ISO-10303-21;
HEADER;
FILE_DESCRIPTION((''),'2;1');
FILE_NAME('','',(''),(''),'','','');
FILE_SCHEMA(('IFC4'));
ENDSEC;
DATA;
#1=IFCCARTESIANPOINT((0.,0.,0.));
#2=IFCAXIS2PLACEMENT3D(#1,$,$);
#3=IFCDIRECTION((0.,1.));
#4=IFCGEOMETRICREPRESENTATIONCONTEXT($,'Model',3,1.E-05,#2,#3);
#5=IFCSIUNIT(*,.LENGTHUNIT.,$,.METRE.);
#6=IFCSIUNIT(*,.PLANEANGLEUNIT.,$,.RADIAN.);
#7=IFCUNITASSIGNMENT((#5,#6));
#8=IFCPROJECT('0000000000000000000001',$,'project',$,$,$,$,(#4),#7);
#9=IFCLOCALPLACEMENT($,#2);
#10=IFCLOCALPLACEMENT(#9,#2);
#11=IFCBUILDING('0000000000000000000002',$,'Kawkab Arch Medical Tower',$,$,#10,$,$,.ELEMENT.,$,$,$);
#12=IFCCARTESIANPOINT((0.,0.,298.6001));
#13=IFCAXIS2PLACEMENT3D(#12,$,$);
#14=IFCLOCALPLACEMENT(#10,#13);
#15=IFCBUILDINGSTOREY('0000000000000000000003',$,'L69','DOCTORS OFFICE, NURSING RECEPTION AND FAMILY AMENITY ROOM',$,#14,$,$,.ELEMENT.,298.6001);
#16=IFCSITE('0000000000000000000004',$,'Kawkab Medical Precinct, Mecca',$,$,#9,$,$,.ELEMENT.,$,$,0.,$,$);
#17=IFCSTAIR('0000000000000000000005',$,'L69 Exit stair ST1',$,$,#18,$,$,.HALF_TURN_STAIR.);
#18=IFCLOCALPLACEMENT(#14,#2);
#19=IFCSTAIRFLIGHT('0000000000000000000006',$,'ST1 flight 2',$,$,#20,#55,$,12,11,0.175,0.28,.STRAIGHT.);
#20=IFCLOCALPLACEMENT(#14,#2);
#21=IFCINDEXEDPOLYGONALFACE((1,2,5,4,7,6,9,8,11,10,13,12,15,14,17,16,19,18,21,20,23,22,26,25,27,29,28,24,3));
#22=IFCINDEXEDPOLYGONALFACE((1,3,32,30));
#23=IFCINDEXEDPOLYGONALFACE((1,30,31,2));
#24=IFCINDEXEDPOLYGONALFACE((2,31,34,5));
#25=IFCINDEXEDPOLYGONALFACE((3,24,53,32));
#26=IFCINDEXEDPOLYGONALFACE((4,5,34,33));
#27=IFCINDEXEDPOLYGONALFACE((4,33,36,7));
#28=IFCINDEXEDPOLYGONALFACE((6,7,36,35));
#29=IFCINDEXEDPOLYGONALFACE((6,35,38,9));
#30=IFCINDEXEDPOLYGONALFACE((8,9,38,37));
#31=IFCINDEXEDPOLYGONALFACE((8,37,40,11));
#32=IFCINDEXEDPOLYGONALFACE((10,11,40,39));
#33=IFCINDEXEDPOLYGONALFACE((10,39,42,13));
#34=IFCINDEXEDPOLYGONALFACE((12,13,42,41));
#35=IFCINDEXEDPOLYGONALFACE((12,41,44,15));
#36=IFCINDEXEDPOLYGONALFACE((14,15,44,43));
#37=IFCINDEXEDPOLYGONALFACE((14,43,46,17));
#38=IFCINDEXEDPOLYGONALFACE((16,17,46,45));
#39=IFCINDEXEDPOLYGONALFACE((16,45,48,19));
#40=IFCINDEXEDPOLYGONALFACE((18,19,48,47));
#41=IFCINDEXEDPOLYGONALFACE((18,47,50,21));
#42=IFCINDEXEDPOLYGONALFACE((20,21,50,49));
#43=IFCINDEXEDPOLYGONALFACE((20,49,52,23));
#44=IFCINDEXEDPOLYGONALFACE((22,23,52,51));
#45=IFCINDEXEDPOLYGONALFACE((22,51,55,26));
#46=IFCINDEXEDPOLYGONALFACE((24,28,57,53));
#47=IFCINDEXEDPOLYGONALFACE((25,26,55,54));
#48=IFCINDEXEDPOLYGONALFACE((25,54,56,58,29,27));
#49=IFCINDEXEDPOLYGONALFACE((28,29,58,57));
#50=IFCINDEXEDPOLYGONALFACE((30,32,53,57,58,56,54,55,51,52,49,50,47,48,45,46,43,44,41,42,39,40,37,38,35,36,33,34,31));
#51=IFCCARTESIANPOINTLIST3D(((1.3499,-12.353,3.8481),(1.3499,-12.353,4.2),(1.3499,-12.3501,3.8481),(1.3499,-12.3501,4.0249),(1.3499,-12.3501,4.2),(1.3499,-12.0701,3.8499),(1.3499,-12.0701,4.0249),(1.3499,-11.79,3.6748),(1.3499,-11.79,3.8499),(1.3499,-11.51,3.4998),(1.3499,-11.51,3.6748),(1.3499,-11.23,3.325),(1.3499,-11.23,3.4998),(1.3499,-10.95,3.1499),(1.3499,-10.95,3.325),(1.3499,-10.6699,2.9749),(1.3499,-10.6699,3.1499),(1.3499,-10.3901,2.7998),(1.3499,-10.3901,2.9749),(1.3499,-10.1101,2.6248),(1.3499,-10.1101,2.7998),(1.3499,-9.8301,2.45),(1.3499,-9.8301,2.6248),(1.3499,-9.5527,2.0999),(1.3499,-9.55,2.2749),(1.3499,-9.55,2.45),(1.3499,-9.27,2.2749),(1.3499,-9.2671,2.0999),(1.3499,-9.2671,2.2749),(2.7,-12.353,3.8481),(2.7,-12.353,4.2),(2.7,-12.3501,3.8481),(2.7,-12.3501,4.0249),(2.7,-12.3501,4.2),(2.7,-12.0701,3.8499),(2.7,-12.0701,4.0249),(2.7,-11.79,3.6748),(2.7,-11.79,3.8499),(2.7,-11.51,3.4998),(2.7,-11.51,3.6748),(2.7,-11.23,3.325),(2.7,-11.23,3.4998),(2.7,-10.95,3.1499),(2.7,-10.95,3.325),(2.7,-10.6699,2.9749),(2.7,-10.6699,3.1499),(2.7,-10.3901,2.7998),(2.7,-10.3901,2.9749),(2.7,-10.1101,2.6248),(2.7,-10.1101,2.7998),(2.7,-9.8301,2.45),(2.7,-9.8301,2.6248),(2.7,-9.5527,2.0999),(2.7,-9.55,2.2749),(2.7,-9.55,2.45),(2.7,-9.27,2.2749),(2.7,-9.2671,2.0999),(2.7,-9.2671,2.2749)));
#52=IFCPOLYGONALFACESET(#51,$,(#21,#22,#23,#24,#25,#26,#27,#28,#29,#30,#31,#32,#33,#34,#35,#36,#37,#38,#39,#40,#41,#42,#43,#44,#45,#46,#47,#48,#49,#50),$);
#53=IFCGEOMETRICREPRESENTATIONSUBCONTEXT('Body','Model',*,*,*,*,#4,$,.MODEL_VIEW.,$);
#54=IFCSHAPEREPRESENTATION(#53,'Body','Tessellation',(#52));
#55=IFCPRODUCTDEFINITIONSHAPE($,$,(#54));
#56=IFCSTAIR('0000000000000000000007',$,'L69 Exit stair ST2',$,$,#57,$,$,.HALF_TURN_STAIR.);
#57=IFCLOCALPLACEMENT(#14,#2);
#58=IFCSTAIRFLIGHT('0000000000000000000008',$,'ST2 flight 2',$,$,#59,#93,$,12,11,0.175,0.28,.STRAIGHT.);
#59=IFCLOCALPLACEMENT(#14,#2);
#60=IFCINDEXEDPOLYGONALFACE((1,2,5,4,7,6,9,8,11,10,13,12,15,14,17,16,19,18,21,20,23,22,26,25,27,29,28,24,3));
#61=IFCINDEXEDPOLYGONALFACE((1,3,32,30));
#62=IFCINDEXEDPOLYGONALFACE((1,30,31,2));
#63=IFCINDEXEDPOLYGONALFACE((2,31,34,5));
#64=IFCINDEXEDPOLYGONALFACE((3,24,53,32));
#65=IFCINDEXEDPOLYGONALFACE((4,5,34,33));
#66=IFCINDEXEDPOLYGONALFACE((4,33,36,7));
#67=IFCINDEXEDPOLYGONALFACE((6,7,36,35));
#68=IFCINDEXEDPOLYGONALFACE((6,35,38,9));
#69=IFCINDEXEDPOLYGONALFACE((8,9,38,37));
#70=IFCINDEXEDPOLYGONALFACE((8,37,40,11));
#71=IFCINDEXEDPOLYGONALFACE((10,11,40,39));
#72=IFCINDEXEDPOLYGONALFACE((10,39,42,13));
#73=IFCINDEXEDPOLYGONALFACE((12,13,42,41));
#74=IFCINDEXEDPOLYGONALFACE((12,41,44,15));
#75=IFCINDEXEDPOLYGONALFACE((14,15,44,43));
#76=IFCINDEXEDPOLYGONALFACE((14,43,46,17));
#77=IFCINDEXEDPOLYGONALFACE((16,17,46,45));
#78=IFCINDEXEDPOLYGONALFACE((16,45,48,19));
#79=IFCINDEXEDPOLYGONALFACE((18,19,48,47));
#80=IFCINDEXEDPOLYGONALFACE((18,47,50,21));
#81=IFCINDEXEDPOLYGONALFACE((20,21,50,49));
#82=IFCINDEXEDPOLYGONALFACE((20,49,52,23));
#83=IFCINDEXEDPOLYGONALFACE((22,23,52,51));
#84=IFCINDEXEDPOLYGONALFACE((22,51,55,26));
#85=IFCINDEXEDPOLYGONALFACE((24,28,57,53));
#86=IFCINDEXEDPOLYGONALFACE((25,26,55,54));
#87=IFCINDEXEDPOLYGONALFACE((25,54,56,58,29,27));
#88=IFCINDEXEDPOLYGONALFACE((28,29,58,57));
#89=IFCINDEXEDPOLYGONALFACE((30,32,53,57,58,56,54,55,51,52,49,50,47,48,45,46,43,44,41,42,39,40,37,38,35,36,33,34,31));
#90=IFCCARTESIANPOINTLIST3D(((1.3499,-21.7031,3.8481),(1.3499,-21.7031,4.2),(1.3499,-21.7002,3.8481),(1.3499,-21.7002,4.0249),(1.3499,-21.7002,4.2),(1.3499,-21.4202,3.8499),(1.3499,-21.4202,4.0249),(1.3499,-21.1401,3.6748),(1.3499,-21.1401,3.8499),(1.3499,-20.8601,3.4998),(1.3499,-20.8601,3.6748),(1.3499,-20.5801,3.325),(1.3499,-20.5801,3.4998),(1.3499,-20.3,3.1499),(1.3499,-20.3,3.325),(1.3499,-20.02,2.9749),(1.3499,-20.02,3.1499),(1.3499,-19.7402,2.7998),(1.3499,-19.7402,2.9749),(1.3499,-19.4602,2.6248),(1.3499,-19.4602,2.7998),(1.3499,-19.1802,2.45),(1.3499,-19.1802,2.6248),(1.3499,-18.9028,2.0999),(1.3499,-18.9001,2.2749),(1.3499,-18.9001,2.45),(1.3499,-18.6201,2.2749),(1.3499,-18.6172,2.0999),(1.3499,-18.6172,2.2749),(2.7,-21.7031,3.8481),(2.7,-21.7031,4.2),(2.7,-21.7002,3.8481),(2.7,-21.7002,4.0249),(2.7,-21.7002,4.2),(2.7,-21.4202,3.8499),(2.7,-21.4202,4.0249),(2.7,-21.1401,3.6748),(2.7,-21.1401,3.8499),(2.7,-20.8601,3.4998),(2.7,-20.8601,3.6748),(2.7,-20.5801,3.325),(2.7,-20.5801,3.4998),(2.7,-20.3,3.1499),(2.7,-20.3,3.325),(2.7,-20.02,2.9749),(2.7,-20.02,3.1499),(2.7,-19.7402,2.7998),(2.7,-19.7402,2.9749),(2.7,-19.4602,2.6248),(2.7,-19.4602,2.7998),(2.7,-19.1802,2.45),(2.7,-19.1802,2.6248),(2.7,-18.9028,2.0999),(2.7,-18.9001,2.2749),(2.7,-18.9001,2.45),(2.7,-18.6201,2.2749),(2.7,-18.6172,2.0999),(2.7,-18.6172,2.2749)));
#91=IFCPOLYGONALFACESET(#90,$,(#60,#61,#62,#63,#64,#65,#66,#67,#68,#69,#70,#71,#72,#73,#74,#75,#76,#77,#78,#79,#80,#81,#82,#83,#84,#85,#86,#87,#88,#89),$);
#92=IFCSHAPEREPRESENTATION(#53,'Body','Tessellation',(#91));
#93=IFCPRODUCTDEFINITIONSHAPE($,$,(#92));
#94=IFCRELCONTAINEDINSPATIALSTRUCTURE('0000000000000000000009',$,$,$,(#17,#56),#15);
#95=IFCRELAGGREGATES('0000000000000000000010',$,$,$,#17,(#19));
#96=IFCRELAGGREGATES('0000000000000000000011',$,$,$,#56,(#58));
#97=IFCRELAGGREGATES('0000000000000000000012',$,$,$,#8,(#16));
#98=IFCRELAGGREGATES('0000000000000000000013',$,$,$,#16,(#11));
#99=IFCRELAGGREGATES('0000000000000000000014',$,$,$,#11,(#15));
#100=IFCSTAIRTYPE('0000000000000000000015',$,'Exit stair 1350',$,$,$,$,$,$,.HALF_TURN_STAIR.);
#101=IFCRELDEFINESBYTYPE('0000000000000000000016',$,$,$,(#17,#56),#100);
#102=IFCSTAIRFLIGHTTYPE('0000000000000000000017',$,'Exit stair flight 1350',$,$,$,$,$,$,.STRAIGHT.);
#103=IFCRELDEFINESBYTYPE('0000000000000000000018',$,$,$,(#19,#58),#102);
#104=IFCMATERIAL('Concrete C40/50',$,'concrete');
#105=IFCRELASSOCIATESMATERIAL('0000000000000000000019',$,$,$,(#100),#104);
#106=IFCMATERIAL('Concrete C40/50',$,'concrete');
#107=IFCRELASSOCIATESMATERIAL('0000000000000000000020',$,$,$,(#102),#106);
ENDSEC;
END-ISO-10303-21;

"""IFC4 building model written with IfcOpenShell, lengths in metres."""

from ifc_helpers import new_model, si_unit, direction, frame, origin, place, context, subcontext, project, spatial, polyline, outline, extrude, material, type_object, element, aggregate, save


model = new_model("IFC4")

# Units and contexts
model_context = context("Model", 3, precision=1e-05, world=origin(), true_north=direction((0.0, 1.0)))
body_context = subcontext(model_context, "Body", "Model", "MODEL_VIEW")
ifc_project = project(units=[si_unit("LENGTHUNIT", "METRE"), si_unit("PLANEANGLEUNIT", "RADIAN")], contexts=[model_context])

# Site, building, storey
site_placement = place(None, origin())
site = spatial("IfcSite", under=ifc_project, at=site_placement, Name="Kawkab Medical Precinct, Mecca", CompositionType="ELEMENT", RefElevation=0.0)
building_placement = place(site_placement, origin())
building = spatial("IfcBuilding", under=site, at=building_placement, Name="Kawkab Arch Medical Tower", CompositionType="ELEMENT")
storey_placement = place(building_placement, frame((0.0, 0.0, 298.6001)))
storey = spatial("IfcBuildingStorey", under=building, at=storey_placement, Name="L69", Description="DOCTORS OFFICE, NURSING RECEPTION AND FAMILY AMENITY ROOM", CompositionType="ELEMENT", Elevation=298.6001)

# Stair, stair flight
ifc_material_1 = material(Name="Concrete C40/50", Category="concrete")
stair_type = type_object("IfcStairType", Name="Exit stair 1350", PredefinedType="HALF_TURN_STAIR", material=ifc_material_1)
placement = place(storey_placement, origin())
stair_1 = element("IfcStair", 1, at=placement, inside=storey, type_object=stair_type, Name="L69 Exit stair ST1", PredefinedType="HALF_TURN_STAIR")
ifc_material_2 = material(Name="Concrete C40/50", Category="concrete")
stair_flight_type = type_object("IfcStairFlightType", Name="Exit stair flight 1350", PredefinedType="STRAIGHT", material=ifc_material_2)
stair_flight_1_placement = place(storey_placement, frame((2.0249, -9.27, 2.0999), z_axis=(0.0, 0.0, 1.0), x_axis=(0.0, -1.0, 0.0)))
stair_flight_1 = element("IfcStairFlight", 2, at=stair_flight_1_placement, type_object=stair_flight_type, Name="ST1 flight 2", NumberOfRisers=12, NumberOfTreads=11, PredefinedType="STRAIGHT", RiserHeight=0.175, TreadLength=0.28, context=body_context, shape_type="SweptSolid", body=[
    extrude(outline(polyline([(-0.0029, 0.0), (-0.0029, 0.175), (0.0, 0.175), (0.28, 0.175), (0.28, 0.3501), (0.5601, 0.3501), (0.5601, 0.5249), (0.8401, 0.5249), (0.8401, 0.7), (1.1201, 0.7), (1.1201, 0.875), (1.3999, 0.875), (1.3999, 1.05), (1.6799, 1.05), (1.6799, 1.2251), (1.96, 1.2251), (1.96, 1.3999), (2.24, 1.3999), (2.24, 1.575), (2.52, 1.575), (2.52, 1.75), (2.8, 1.75), (2.8, 1.925), (3.0801, 1.925), (3.0801, 2.1001), (3.083, 2.1001), (3.083, 1.7483), (3.0801, 1.7483), (0.2827, 0.0), (-0.0029, 0.0)])), frame((0.0, 0.675, 0.0), z_axis=(0.0, -1.0, 0.0), x_axis=(1.0, 0.0, 0.0)), (0.0, 0.0, 1.0), 1.3501),
])
aggregate(stair_1, [stair_flight_1])

# Stair, stair flight
stair_2 = element("IfcStair", 3, at=placement, inside=storey, type_object=stair_type, Name="L69 Exit stair ST2", PredefinedType="HALF_TURN_STAIR")
stair_flight_2_placement = place(storey_placement, frame((2.0249, -18.6201, 2.0999), z_axis=(0.0, 0.0, 1.0), x_axis=(0.0, -1.0, 0.0)))
stair_flight_2 = element("IfcStairFlight", 4, at=stair_flight_2_placement, type_object=stair_flight_type, Name="ST2 flight 2", NumberOfRisers=12, NumberOfTreads=11, PredefinedType="STRAIGHT", RiserHeight=0.175, TreadLength=0.28, context=body_context, shape_type="SweptSolid", body=[
    extrude(outline(polyline([(-0.0029, 0.0), (-0.0029, 0.175), (0.0, 0.175), (0.28, 0.175), (0.28, 0.3501), (0.5601, 0.3501), (0.5601, 0.5249), (0.8401, 0.5249), (0.8401, 0.7), (1.1201, 0.7), (1.1201, 0.875), (1.3999, 0.875), (1.3999, 1.05), (1.6799, 1.05), (1.6799, 1.2251), (1.96, 1.2251), (1.96, 1.3999), (2.24, 1.3999), (2.24, 1.575), (2.52, 1.575), (2.52, 1.75), (2.8, 1.75), (2.8, 1.925), (3.0801, 1.925), (3.0801, 2.1001), (3.083, 2.1001), (3.083, 1.7483), (3.0801, 1.7483), (0.2827, 0.0), (-0.0029, 0.0)])), frame((0.0, 0.675, 0.0), z_axis=(0.0, -1.0, 0.0), x_axis=(1.0, 0.0, 0.0)), (0.0, 0.0, 1.0), 1.3501),
])
aggregate(stair_2, [stair_flight_2])

save(model, "model.ifc")
